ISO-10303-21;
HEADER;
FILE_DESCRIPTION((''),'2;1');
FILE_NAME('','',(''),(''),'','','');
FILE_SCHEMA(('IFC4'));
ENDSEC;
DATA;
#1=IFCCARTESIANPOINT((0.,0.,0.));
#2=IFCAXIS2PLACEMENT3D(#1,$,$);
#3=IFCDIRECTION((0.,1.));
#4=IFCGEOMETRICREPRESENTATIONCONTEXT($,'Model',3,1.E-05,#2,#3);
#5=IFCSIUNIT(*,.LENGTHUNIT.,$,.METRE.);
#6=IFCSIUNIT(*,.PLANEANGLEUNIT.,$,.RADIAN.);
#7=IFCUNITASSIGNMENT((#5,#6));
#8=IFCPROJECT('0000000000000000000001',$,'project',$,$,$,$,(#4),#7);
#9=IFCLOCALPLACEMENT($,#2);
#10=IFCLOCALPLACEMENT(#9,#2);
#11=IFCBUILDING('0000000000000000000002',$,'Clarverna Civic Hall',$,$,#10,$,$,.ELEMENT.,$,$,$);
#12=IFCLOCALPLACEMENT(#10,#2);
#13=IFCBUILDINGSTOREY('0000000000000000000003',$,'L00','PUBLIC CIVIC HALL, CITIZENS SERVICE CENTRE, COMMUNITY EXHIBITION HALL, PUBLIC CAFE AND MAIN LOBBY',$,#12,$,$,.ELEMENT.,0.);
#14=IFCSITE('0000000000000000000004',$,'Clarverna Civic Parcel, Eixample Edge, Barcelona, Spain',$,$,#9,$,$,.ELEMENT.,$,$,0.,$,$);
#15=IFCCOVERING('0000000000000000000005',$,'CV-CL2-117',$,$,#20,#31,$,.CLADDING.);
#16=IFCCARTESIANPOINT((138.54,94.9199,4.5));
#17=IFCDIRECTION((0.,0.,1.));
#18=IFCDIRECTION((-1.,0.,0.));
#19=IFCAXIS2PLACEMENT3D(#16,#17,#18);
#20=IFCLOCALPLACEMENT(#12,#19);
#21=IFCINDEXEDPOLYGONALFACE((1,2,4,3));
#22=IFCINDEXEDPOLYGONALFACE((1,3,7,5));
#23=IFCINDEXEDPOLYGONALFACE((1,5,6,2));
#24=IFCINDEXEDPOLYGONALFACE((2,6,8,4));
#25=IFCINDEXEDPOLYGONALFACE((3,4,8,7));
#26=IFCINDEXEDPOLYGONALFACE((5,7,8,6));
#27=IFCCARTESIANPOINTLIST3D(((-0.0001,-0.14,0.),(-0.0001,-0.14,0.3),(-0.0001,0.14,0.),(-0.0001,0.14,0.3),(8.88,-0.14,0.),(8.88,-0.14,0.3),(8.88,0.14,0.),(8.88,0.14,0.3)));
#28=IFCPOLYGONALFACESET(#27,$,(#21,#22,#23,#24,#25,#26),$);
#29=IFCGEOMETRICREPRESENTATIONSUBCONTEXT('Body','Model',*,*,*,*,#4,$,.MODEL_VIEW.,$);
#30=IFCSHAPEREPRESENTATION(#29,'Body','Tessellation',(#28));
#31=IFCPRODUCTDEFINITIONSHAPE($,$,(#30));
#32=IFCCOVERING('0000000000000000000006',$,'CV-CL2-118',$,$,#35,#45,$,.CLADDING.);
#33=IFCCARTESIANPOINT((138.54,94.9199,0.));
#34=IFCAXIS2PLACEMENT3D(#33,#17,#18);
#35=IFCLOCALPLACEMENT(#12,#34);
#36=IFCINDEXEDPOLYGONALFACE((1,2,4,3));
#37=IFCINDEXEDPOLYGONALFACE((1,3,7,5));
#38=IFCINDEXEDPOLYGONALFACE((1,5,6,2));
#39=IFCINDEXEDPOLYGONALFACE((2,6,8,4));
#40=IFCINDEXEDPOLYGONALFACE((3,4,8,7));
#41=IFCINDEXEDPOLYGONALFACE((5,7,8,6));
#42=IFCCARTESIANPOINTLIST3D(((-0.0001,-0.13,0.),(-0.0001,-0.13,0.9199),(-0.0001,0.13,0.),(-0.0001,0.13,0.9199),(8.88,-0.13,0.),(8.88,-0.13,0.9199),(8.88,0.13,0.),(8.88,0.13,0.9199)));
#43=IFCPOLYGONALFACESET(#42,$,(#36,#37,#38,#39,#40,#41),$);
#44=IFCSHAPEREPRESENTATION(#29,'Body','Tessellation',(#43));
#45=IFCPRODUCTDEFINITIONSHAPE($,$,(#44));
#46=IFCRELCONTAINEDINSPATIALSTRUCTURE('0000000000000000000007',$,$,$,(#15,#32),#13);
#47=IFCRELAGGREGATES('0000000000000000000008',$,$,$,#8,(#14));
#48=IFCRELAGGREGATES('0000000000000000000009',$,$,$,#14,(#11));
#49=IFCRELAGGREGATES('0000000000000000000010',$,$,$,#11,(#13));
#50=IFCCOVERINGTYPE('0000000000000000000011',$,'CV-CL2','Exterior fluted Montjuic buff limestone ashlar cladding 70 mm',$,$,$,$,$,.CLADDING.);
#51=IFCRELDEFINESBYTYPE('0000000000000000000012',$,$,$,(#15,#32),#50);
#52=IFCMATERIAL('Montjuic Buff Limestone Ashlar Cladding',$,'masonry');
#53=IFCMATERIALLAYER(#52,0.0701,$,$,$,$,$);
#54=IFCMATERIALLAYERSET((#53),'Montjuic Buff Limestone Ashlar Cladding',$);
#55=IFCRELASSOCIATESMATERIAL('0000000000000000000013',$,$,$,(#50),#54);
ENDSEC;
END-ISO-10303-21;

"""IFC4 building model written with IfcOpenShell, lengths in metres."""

from ifc_helpers import new_model, si_unit, direction, frame, frame_2d, origin, place, context, subcontext, project, spatial, rectangle, extrude, material, layer, layer_set, type_object, element, save


model = new_model("IFC4")

# Units and contexts
model_context = context("Model", 3, precision=1e-05, world=origin(), true_north=direction((0.0, 1.0)))
body_context = subcontext(model_context, "Body", "Model", "MODEL_VIEW")
ifc_project = project(units=[si_unit("LENGTHUNIT", "METRE"), si_unit("PLANEANGLEUNIT", "RADIAN")], contexts=[model_context])

# Site, building, storey
site_placement = place(None, origin())
site = spatial("IfcSite", under=ifc_project, at=site_placement, Name="Clarverna Civic Parcel, Eixample Edge, Barcelona, Spain", CompositionType="ELEMENT", RefElevation=0.0)
building_placement = place(site_placement, origin())
building = spatial("IfcBuilding", under=site, at=building_placement, Name="Clarverna Civic Hall", CompositionType="ELEMENT")
storey_placement = place(building_placement, origin())
storey = spatial("IfcBuildingStorey", under=building, at=storey_placement, Name="L00", Description="PUBLIC CIVIC HALL, CITIZENS SERVICE CENTRE, COMMUNITY EXHIBITION HALL, PUBLIC CAFE AND MAIN LOBBY", CompositionType="ELEMENT", Elevation=0.0)

# Coverings
ifc_material_1 = material(Name="Montjuic Buff Limestone Ashlar Cladding", Category="masonry")
ifc_layer_1 = layer(ifc_material_1, 0.0701)
ifc_layer_set_1 = layer_set([ifc_layer_1], Name="Montjuic Buff Limestone Ashlar Cladding")
covering_type = type_object("IfcCoveringType", Name="CV-CL2", Description="Exterior fluted Montjuic buff limestone ashlar cladding 70 mm", PredefinedType="CLADDING", material=ifc_layer_set_1)
covering_1_placement = place(storey_placement, frame((138.54, 94.9199, 4.5), z_axis=(0.0, 0.0, 1.0), x_axis=(-1.0, 0.0, 0.0)))
element("IfcCovering", 1, at=covering_1_placement, inside=storey, type_object=covering_type, Name="CV-CL2-117", PredefinedType="CLADDING", context=body_context, shape_type="SweptSolid", body=[
    extrude(rectangle(XDim=8.8801, YDim=0.28, at=frame_2d((4.4399, 0.0))), origin(), (0.0, 0.0, 1.0), 0.3),
])
covering_2_placement = place(storey_placement, frame((138.54, 94.9199, 0.0), z_axis=(0.0, 0.0, 1.0), x_axis=(-1.0, 0.0, 0.0)))
element("IfcCovering", 2, at=covering_2_placement, inside=storey, type_object=covering_type, Name="CV-CL2-118", PredefinedType="CLADDING", context=body_context, shape_type="SweptSolid", body=[
    extrude(rectangle(XDim=8.8801, YDim=0.26, at=frame_2d((4.4399, 0.0))), origin(), (0.0, 0.0, 1.0), 0.9199),
])

save(model, "model.ifc")
